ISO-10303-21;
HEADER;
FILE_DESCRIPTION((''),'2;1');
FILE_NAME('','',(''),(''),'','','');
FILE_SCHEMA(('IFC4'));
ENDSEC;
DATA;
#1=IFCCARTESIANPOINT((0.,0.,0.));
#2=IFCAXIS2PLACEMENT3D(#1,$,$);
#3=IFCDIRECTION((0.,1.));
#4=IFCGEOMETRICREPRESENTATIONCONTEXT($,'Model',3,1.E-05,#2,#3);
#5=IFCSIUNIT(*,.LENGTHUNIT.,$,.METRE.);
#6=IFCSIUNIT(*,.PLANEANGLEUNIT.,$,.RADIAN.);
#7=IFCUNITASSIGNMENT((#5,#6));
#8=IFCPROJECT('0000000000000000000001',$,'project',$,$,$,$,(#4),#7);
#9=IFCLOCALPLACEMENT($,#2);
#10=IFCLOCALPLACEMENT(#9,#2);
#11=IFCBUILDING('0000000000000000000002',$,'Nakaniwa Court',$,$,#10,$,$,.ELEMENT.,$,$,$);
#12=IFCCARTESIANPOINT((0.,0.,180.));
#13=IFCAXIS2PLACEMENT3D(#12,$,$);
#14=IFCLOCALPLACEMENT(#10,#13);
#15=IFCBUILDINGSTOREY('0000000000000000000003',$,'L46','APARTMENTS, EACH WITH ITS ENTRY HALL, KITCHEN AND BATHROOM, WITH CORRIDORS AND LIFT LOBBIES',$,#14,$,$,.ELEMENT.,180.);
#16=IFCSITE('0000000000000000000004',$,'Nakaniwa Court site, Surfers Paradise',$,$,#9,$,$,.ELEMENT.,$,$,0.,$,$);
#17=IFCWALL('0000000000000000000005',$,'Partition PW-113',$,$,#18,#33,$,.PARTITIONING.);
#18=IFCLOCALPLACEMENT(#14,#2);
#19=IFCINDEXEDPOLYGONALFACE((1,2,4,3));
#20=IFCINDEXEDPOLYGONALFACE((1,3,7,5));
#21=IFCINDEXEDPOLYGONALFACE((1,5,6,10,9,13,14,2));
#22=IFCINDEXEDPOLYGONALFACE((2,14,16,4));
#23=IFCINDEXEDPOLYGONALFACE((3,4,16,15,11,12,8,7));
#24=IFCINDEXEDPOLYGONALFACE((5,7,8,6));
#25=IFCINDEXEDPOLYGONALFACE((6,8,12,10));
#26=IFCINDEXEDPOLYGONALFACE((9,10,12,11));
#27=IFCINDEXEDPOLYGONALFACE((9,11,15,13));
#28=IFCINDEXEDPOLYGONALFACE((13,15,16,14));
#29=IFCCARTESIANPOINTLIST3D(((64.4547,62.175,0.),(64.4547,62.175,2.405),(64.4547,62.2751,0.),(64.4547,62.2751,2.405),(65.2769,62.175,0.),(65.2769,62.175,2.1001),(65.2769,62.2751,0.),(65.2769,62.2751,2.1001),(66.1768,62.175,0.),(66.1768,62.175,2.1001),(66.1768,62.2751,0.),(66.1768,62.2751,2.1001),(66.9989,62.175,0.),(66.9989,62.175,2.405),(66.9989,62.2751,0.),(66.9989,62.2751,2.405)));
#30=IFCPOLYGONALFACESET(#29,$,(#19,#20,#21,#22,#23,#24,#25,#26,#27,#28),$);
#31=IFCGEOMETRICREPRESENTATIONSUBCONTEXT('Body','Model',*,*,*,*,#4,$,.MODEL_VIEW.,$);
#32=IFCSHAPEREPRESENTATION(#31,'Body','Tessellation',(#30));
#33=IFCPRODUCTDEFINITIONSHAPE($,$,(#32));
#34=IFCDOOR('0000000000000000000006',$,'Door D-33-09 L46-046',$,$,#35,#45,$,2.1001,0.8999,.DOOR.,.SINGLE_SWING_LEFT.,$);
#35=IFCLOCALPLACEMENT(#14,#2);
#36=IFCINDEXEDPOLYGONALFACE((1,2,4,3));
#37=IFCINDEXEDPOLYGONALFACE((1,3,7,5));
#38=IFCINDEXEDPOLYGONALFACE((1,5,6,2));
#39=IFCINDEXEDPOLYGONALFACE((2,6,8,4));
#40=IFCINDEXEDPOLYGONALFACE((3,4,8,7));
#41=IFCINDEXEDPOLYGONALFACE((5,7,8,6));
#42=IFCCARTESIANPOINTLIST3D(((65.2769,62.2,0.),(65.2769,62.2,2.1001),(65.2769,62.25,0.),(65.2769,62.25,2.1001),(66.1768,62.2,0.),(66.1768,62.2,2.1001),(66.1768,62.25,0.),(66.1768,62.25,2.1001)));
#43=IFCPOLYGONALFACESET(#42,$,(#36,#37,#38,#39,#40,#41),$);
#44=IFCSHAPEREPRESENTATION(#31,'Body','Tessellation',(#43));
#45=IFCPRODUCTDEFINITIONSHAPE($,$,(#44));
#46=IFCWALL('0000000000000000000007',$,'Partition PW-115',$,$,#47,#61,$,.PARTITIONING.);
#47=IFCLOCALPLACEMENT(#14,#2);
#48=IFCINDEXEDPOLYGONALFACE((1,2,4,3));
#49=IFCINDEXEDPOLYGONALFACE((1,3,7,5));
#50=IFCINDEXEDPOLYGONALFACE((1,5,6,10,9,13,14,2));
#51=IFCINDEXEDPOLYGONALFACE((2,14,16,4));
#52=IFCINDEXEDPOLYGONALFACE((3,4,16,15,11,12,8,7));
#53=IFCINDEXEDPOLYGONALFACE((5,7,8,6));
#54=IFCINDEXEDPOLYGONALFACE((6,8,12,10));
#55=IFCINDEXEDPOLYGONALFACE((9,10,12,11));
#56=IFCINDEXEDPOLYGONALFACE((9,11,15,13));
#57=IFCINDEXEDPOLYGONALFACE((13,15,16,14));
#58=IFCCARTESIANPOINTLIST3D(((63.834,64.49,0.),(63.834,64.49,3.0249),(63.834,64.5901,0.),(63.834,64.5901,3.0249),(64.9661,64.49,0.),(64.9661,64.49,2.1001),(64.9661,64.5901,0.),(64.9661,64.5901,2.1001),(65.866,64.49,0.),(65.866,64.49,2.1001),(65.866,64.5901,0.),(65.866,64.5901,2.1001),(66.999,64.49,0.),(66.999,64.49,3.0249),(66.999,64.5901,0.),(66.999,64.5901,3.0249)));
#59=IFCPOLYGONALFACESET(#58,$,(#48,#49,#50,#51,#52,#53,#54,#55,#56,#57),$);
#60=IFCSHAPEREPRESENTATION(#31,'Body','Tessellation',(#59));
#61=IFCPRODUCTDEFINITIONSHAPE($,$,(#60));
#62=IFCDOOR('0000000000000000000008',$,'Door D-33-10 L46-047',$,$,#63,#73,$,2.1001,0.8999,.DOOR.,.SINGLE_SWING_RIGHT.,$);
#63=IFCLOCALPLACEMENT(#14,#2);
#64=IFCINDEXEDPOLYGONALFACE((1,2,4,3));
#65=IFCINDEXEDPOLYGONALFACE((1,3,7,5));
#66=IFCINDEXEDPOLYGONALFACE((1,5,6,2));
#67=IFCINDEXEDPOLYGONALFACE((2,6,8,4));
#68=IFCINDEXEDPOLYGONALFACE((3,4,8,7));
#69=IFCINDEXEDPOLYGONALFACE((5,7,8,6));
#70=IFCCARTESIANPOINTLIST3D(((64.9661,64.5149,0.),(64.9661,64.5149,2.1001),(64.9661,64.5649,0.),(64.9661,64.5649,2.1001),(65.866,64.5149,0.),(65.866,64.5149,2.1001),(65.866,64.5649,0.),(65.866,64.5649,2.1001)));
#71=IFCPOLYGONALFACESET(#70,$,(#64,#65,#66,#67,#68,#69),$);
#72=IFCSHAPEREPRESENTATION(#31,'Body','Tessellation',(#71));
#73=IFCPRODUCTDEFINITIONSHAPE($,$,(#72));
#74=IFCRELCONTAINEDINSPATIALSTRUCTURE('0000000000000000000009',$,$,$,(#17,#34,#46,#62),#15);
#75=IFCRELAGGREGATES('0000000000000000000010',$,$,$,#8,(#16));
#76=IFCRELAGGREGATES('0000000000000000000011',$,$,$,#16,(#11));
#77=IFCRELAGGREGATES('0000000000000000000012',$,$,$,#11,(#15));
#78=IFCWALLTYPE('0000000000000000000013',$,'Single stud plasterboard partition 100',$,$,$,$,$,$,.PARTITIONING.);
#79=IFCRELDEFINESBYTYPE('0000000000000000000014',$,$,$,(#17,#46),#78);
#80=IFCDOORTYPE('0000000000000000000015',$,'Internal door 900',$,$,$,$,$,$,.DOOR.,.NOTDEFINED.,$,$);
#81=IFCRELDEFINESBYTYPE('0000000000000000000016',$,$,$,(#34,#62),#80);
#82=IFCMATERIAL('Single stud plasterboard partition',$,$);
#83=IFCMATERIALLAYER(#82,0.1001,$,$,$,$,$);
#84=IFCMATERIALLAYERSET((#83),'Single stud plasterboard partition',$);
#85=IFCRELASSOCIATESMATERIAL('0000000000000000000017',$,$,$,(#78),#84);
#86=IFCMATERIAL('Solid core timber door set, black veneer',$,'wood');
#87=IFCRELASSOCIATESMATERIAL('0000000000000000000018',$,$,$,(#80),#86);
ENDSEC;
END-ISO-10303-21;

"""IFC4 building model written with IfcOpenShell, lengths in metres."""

from ifc_helpers import new_model, si_unit, direction, frame, frame_2d, origin, place, context, subcontext, project, spatial, rectangle, extrude, material, layer, layer_set, type_object, element, fill, save


model = new_model("IFC4")

# Units and contexts
model_context = context("Model", 3, precision=1e-05, world=origin(), true_north=direction((0.0, 1.0)))
body_context = subcontext(model_context, "Body", "Model", "MODEL_VIEW")
ifc_project = project(units=[si_unit("LENGTHUNIT", "METRE"), si_unit("PLANEANGLEUNIT", "RADIAN")], contexts=[model_context])

# Site, building, storey
site_placement = place(None, origin())
site = spatial("IfcSite", under=ifc_project, at=site_placement, Name="Nakaniwa Court site, Surfers Paradise", CompositionType="ELEMENT", RefElevation=0.0)
building_placement = place(site_placement, origin())
building = spatial("IfcBuilding", under=site, at=building_placement, Name="Nakaniwa Court", CompositionType="ELEMENT")
storey_placement = place(building_placement, frame((0.0, 0.0, 180.0)))
storey = spatial("IfcBuildingStorey", under=building, at=storey_placement, Name="L46", Description="APARTMENTS, EACH WITH ITS ENTRY HALL, KITCHEN AND BATHROOM, WITH CORRIDORS AND LIFT LOBBIES", CompositionType="ELEMENT", Elevation=180.0)

# Shared definitions
ifc_material_1 = material(Name="Solid core timber door set, black veneer", Category="wood")

# Walls, openings, doors
ifc_material_2 = material(Name="Single stud plasterboard partition")
ifc_layer_1 = layer(ifc_material_2, 0.1001)
ifc_layer_set_1 = layer_set([ifc_layer_1], Name="Single stud plasterboard partition")
wall_type_1 = type_object("IfcWallType", Name="Single stud plasterboard partition 100", PredefinedType="PARTITIONING", material=ifc_layer_set_1)
wall_1_placement = place(storey_placement, frame((64.4548, 62.2251, 0.0), z_axis=(0.0, 0.0, 1.0), x_axis=(1.0, 0.0, 0.0)))
wall_1 = element("IfcWall", 1, at=wall_1_placement, inside=storey, type_object=wall_type_1, Name="Partition PW-113", PredefinedType="PARTITIONING", context=body_context, shape_type="SweptSolid", body=[
    extrude(rectangle(XDim=2.5442, YDim=0.1001, at=frame_2d((1.272, 0.0))), origin(), (0.0, 0.0, 1.0), 2.405),
])
opening_1_placement = place(wall_1_placement, frame((0.822, 0.0, 0.0)))
opening_1 = element("IfcOpeningElement", 2, at=opening_1_placement, cuts=wall_1, PredefinedType="OPENING", context=body_context, shape_type="SweptSolid", body=[
    extrude(rectangle(XDim=0.8999, YDim=2.1001, at=frame_2d((0.45, 1.05))), frame((0.0, 0.0601, 0.0), z_axis=(0.0, -1.0, 0.0), x_axis=(1.0, 0.0, 0.0)), (0.0, 0.0, 1.0), 0.1201),
])
door_type_1 = type_object("IfcDoorType", Name="Internal door 900", OperationType="NOTDEFINED", PredefinedType="DOOR", material=ifc_material_1)
door_1_placement = place(opening_1_placement, origin())
door_1 = element("IfcDoor", 3, at=door_1_placement, inside=storey, type_object=door_type_1, Name="Door D-33-09 L46-046", OperationType="SINGLE_SWING_LEFT", OverallHeight=2.1001, OverallWidth=0.8999, PredefinedType="DOOR", context=body_context, shape_type="SweptSolid", body=[
    extrude(rectangle(XDim=0.8999, YDim=2.1001, at=frame_2d((0.45, 1.05))), frame((0.0, 0.0249, 0.0), z_axis=(0.0, -1.0, 0.0), x_axis=(1.0, 0.0, 0.0)), (0.0, 0.0, 1.0), 0.05),
])
fill(opening_1, door_1)
wall_2_placement = place(storey_placement, frame((63.834, 64.54, 0.0), z_axis=(0.0, 0.0, 1.0), x_axis=(1.0, 0.0, 0.0)))
wall_2 = element("IfcWall", 4, at=wall_2_placement, inside=storey, type_object=wall_type_1, Name="Partition PW-115", PredefinedType="PARTITIONING", context=body_context, shape_type="SweptSolid", body=[
    extrude(rectangle(XDim=3.165, YDim=0.1001, at=frame_2d((1.5825, 0.0))), origin(), (0.0, 0.0, 1.0), 3.0249),
])
opening_2_placement = place(wall_2_placement, frame((1.1321, 0.0, 0.0)))
opening_2 = element("IfcOpeningElement", 5, at=opening_2_placement, cuts=wall_2, PredefinedType="OPENING", context=body_context, shape_type="SweptSolid", body=[
    extrude(rectangle(XDim=0.8999, YDim=2.1001, at=frame_2d((0.45, 1.05))), frame((0.0, 0.0601, 0.0), z_axis=(0.0, -1.0, 0.0), x_axis=(1.0, 0.0, 0.0)), (0.0, 0.0, 1.0), 0.1201),
])
door_2_placement = place(opening_2_placement, origin())
door_2 = element("IfcDoor", 6, at=door_2_placement, inside=storey, type_object=door_type_1, Name="Door D-33-10 L46-047", OperationType="SINGLE_SWING_RIGHT", OverallHeight=2.1001, OverallWidth=0.8999, PredefinedType="DOOR", context=body_context, shape_type="SweptSolid", body=[
    extrude(rectangle(XDim=0.8999, YDim=2.1001, at=frame_2d((0.45, 1.05))), frame((0.0, 0.0249, 0.0), z_axis=(0.0, -1.0, 0.0), x_axis=(1.0, 0.0, 0.0)), (0.0, 0.0, 1.0), 0.05),
])
fill(opening_2, door_2)

save(model, "model.ifc")
